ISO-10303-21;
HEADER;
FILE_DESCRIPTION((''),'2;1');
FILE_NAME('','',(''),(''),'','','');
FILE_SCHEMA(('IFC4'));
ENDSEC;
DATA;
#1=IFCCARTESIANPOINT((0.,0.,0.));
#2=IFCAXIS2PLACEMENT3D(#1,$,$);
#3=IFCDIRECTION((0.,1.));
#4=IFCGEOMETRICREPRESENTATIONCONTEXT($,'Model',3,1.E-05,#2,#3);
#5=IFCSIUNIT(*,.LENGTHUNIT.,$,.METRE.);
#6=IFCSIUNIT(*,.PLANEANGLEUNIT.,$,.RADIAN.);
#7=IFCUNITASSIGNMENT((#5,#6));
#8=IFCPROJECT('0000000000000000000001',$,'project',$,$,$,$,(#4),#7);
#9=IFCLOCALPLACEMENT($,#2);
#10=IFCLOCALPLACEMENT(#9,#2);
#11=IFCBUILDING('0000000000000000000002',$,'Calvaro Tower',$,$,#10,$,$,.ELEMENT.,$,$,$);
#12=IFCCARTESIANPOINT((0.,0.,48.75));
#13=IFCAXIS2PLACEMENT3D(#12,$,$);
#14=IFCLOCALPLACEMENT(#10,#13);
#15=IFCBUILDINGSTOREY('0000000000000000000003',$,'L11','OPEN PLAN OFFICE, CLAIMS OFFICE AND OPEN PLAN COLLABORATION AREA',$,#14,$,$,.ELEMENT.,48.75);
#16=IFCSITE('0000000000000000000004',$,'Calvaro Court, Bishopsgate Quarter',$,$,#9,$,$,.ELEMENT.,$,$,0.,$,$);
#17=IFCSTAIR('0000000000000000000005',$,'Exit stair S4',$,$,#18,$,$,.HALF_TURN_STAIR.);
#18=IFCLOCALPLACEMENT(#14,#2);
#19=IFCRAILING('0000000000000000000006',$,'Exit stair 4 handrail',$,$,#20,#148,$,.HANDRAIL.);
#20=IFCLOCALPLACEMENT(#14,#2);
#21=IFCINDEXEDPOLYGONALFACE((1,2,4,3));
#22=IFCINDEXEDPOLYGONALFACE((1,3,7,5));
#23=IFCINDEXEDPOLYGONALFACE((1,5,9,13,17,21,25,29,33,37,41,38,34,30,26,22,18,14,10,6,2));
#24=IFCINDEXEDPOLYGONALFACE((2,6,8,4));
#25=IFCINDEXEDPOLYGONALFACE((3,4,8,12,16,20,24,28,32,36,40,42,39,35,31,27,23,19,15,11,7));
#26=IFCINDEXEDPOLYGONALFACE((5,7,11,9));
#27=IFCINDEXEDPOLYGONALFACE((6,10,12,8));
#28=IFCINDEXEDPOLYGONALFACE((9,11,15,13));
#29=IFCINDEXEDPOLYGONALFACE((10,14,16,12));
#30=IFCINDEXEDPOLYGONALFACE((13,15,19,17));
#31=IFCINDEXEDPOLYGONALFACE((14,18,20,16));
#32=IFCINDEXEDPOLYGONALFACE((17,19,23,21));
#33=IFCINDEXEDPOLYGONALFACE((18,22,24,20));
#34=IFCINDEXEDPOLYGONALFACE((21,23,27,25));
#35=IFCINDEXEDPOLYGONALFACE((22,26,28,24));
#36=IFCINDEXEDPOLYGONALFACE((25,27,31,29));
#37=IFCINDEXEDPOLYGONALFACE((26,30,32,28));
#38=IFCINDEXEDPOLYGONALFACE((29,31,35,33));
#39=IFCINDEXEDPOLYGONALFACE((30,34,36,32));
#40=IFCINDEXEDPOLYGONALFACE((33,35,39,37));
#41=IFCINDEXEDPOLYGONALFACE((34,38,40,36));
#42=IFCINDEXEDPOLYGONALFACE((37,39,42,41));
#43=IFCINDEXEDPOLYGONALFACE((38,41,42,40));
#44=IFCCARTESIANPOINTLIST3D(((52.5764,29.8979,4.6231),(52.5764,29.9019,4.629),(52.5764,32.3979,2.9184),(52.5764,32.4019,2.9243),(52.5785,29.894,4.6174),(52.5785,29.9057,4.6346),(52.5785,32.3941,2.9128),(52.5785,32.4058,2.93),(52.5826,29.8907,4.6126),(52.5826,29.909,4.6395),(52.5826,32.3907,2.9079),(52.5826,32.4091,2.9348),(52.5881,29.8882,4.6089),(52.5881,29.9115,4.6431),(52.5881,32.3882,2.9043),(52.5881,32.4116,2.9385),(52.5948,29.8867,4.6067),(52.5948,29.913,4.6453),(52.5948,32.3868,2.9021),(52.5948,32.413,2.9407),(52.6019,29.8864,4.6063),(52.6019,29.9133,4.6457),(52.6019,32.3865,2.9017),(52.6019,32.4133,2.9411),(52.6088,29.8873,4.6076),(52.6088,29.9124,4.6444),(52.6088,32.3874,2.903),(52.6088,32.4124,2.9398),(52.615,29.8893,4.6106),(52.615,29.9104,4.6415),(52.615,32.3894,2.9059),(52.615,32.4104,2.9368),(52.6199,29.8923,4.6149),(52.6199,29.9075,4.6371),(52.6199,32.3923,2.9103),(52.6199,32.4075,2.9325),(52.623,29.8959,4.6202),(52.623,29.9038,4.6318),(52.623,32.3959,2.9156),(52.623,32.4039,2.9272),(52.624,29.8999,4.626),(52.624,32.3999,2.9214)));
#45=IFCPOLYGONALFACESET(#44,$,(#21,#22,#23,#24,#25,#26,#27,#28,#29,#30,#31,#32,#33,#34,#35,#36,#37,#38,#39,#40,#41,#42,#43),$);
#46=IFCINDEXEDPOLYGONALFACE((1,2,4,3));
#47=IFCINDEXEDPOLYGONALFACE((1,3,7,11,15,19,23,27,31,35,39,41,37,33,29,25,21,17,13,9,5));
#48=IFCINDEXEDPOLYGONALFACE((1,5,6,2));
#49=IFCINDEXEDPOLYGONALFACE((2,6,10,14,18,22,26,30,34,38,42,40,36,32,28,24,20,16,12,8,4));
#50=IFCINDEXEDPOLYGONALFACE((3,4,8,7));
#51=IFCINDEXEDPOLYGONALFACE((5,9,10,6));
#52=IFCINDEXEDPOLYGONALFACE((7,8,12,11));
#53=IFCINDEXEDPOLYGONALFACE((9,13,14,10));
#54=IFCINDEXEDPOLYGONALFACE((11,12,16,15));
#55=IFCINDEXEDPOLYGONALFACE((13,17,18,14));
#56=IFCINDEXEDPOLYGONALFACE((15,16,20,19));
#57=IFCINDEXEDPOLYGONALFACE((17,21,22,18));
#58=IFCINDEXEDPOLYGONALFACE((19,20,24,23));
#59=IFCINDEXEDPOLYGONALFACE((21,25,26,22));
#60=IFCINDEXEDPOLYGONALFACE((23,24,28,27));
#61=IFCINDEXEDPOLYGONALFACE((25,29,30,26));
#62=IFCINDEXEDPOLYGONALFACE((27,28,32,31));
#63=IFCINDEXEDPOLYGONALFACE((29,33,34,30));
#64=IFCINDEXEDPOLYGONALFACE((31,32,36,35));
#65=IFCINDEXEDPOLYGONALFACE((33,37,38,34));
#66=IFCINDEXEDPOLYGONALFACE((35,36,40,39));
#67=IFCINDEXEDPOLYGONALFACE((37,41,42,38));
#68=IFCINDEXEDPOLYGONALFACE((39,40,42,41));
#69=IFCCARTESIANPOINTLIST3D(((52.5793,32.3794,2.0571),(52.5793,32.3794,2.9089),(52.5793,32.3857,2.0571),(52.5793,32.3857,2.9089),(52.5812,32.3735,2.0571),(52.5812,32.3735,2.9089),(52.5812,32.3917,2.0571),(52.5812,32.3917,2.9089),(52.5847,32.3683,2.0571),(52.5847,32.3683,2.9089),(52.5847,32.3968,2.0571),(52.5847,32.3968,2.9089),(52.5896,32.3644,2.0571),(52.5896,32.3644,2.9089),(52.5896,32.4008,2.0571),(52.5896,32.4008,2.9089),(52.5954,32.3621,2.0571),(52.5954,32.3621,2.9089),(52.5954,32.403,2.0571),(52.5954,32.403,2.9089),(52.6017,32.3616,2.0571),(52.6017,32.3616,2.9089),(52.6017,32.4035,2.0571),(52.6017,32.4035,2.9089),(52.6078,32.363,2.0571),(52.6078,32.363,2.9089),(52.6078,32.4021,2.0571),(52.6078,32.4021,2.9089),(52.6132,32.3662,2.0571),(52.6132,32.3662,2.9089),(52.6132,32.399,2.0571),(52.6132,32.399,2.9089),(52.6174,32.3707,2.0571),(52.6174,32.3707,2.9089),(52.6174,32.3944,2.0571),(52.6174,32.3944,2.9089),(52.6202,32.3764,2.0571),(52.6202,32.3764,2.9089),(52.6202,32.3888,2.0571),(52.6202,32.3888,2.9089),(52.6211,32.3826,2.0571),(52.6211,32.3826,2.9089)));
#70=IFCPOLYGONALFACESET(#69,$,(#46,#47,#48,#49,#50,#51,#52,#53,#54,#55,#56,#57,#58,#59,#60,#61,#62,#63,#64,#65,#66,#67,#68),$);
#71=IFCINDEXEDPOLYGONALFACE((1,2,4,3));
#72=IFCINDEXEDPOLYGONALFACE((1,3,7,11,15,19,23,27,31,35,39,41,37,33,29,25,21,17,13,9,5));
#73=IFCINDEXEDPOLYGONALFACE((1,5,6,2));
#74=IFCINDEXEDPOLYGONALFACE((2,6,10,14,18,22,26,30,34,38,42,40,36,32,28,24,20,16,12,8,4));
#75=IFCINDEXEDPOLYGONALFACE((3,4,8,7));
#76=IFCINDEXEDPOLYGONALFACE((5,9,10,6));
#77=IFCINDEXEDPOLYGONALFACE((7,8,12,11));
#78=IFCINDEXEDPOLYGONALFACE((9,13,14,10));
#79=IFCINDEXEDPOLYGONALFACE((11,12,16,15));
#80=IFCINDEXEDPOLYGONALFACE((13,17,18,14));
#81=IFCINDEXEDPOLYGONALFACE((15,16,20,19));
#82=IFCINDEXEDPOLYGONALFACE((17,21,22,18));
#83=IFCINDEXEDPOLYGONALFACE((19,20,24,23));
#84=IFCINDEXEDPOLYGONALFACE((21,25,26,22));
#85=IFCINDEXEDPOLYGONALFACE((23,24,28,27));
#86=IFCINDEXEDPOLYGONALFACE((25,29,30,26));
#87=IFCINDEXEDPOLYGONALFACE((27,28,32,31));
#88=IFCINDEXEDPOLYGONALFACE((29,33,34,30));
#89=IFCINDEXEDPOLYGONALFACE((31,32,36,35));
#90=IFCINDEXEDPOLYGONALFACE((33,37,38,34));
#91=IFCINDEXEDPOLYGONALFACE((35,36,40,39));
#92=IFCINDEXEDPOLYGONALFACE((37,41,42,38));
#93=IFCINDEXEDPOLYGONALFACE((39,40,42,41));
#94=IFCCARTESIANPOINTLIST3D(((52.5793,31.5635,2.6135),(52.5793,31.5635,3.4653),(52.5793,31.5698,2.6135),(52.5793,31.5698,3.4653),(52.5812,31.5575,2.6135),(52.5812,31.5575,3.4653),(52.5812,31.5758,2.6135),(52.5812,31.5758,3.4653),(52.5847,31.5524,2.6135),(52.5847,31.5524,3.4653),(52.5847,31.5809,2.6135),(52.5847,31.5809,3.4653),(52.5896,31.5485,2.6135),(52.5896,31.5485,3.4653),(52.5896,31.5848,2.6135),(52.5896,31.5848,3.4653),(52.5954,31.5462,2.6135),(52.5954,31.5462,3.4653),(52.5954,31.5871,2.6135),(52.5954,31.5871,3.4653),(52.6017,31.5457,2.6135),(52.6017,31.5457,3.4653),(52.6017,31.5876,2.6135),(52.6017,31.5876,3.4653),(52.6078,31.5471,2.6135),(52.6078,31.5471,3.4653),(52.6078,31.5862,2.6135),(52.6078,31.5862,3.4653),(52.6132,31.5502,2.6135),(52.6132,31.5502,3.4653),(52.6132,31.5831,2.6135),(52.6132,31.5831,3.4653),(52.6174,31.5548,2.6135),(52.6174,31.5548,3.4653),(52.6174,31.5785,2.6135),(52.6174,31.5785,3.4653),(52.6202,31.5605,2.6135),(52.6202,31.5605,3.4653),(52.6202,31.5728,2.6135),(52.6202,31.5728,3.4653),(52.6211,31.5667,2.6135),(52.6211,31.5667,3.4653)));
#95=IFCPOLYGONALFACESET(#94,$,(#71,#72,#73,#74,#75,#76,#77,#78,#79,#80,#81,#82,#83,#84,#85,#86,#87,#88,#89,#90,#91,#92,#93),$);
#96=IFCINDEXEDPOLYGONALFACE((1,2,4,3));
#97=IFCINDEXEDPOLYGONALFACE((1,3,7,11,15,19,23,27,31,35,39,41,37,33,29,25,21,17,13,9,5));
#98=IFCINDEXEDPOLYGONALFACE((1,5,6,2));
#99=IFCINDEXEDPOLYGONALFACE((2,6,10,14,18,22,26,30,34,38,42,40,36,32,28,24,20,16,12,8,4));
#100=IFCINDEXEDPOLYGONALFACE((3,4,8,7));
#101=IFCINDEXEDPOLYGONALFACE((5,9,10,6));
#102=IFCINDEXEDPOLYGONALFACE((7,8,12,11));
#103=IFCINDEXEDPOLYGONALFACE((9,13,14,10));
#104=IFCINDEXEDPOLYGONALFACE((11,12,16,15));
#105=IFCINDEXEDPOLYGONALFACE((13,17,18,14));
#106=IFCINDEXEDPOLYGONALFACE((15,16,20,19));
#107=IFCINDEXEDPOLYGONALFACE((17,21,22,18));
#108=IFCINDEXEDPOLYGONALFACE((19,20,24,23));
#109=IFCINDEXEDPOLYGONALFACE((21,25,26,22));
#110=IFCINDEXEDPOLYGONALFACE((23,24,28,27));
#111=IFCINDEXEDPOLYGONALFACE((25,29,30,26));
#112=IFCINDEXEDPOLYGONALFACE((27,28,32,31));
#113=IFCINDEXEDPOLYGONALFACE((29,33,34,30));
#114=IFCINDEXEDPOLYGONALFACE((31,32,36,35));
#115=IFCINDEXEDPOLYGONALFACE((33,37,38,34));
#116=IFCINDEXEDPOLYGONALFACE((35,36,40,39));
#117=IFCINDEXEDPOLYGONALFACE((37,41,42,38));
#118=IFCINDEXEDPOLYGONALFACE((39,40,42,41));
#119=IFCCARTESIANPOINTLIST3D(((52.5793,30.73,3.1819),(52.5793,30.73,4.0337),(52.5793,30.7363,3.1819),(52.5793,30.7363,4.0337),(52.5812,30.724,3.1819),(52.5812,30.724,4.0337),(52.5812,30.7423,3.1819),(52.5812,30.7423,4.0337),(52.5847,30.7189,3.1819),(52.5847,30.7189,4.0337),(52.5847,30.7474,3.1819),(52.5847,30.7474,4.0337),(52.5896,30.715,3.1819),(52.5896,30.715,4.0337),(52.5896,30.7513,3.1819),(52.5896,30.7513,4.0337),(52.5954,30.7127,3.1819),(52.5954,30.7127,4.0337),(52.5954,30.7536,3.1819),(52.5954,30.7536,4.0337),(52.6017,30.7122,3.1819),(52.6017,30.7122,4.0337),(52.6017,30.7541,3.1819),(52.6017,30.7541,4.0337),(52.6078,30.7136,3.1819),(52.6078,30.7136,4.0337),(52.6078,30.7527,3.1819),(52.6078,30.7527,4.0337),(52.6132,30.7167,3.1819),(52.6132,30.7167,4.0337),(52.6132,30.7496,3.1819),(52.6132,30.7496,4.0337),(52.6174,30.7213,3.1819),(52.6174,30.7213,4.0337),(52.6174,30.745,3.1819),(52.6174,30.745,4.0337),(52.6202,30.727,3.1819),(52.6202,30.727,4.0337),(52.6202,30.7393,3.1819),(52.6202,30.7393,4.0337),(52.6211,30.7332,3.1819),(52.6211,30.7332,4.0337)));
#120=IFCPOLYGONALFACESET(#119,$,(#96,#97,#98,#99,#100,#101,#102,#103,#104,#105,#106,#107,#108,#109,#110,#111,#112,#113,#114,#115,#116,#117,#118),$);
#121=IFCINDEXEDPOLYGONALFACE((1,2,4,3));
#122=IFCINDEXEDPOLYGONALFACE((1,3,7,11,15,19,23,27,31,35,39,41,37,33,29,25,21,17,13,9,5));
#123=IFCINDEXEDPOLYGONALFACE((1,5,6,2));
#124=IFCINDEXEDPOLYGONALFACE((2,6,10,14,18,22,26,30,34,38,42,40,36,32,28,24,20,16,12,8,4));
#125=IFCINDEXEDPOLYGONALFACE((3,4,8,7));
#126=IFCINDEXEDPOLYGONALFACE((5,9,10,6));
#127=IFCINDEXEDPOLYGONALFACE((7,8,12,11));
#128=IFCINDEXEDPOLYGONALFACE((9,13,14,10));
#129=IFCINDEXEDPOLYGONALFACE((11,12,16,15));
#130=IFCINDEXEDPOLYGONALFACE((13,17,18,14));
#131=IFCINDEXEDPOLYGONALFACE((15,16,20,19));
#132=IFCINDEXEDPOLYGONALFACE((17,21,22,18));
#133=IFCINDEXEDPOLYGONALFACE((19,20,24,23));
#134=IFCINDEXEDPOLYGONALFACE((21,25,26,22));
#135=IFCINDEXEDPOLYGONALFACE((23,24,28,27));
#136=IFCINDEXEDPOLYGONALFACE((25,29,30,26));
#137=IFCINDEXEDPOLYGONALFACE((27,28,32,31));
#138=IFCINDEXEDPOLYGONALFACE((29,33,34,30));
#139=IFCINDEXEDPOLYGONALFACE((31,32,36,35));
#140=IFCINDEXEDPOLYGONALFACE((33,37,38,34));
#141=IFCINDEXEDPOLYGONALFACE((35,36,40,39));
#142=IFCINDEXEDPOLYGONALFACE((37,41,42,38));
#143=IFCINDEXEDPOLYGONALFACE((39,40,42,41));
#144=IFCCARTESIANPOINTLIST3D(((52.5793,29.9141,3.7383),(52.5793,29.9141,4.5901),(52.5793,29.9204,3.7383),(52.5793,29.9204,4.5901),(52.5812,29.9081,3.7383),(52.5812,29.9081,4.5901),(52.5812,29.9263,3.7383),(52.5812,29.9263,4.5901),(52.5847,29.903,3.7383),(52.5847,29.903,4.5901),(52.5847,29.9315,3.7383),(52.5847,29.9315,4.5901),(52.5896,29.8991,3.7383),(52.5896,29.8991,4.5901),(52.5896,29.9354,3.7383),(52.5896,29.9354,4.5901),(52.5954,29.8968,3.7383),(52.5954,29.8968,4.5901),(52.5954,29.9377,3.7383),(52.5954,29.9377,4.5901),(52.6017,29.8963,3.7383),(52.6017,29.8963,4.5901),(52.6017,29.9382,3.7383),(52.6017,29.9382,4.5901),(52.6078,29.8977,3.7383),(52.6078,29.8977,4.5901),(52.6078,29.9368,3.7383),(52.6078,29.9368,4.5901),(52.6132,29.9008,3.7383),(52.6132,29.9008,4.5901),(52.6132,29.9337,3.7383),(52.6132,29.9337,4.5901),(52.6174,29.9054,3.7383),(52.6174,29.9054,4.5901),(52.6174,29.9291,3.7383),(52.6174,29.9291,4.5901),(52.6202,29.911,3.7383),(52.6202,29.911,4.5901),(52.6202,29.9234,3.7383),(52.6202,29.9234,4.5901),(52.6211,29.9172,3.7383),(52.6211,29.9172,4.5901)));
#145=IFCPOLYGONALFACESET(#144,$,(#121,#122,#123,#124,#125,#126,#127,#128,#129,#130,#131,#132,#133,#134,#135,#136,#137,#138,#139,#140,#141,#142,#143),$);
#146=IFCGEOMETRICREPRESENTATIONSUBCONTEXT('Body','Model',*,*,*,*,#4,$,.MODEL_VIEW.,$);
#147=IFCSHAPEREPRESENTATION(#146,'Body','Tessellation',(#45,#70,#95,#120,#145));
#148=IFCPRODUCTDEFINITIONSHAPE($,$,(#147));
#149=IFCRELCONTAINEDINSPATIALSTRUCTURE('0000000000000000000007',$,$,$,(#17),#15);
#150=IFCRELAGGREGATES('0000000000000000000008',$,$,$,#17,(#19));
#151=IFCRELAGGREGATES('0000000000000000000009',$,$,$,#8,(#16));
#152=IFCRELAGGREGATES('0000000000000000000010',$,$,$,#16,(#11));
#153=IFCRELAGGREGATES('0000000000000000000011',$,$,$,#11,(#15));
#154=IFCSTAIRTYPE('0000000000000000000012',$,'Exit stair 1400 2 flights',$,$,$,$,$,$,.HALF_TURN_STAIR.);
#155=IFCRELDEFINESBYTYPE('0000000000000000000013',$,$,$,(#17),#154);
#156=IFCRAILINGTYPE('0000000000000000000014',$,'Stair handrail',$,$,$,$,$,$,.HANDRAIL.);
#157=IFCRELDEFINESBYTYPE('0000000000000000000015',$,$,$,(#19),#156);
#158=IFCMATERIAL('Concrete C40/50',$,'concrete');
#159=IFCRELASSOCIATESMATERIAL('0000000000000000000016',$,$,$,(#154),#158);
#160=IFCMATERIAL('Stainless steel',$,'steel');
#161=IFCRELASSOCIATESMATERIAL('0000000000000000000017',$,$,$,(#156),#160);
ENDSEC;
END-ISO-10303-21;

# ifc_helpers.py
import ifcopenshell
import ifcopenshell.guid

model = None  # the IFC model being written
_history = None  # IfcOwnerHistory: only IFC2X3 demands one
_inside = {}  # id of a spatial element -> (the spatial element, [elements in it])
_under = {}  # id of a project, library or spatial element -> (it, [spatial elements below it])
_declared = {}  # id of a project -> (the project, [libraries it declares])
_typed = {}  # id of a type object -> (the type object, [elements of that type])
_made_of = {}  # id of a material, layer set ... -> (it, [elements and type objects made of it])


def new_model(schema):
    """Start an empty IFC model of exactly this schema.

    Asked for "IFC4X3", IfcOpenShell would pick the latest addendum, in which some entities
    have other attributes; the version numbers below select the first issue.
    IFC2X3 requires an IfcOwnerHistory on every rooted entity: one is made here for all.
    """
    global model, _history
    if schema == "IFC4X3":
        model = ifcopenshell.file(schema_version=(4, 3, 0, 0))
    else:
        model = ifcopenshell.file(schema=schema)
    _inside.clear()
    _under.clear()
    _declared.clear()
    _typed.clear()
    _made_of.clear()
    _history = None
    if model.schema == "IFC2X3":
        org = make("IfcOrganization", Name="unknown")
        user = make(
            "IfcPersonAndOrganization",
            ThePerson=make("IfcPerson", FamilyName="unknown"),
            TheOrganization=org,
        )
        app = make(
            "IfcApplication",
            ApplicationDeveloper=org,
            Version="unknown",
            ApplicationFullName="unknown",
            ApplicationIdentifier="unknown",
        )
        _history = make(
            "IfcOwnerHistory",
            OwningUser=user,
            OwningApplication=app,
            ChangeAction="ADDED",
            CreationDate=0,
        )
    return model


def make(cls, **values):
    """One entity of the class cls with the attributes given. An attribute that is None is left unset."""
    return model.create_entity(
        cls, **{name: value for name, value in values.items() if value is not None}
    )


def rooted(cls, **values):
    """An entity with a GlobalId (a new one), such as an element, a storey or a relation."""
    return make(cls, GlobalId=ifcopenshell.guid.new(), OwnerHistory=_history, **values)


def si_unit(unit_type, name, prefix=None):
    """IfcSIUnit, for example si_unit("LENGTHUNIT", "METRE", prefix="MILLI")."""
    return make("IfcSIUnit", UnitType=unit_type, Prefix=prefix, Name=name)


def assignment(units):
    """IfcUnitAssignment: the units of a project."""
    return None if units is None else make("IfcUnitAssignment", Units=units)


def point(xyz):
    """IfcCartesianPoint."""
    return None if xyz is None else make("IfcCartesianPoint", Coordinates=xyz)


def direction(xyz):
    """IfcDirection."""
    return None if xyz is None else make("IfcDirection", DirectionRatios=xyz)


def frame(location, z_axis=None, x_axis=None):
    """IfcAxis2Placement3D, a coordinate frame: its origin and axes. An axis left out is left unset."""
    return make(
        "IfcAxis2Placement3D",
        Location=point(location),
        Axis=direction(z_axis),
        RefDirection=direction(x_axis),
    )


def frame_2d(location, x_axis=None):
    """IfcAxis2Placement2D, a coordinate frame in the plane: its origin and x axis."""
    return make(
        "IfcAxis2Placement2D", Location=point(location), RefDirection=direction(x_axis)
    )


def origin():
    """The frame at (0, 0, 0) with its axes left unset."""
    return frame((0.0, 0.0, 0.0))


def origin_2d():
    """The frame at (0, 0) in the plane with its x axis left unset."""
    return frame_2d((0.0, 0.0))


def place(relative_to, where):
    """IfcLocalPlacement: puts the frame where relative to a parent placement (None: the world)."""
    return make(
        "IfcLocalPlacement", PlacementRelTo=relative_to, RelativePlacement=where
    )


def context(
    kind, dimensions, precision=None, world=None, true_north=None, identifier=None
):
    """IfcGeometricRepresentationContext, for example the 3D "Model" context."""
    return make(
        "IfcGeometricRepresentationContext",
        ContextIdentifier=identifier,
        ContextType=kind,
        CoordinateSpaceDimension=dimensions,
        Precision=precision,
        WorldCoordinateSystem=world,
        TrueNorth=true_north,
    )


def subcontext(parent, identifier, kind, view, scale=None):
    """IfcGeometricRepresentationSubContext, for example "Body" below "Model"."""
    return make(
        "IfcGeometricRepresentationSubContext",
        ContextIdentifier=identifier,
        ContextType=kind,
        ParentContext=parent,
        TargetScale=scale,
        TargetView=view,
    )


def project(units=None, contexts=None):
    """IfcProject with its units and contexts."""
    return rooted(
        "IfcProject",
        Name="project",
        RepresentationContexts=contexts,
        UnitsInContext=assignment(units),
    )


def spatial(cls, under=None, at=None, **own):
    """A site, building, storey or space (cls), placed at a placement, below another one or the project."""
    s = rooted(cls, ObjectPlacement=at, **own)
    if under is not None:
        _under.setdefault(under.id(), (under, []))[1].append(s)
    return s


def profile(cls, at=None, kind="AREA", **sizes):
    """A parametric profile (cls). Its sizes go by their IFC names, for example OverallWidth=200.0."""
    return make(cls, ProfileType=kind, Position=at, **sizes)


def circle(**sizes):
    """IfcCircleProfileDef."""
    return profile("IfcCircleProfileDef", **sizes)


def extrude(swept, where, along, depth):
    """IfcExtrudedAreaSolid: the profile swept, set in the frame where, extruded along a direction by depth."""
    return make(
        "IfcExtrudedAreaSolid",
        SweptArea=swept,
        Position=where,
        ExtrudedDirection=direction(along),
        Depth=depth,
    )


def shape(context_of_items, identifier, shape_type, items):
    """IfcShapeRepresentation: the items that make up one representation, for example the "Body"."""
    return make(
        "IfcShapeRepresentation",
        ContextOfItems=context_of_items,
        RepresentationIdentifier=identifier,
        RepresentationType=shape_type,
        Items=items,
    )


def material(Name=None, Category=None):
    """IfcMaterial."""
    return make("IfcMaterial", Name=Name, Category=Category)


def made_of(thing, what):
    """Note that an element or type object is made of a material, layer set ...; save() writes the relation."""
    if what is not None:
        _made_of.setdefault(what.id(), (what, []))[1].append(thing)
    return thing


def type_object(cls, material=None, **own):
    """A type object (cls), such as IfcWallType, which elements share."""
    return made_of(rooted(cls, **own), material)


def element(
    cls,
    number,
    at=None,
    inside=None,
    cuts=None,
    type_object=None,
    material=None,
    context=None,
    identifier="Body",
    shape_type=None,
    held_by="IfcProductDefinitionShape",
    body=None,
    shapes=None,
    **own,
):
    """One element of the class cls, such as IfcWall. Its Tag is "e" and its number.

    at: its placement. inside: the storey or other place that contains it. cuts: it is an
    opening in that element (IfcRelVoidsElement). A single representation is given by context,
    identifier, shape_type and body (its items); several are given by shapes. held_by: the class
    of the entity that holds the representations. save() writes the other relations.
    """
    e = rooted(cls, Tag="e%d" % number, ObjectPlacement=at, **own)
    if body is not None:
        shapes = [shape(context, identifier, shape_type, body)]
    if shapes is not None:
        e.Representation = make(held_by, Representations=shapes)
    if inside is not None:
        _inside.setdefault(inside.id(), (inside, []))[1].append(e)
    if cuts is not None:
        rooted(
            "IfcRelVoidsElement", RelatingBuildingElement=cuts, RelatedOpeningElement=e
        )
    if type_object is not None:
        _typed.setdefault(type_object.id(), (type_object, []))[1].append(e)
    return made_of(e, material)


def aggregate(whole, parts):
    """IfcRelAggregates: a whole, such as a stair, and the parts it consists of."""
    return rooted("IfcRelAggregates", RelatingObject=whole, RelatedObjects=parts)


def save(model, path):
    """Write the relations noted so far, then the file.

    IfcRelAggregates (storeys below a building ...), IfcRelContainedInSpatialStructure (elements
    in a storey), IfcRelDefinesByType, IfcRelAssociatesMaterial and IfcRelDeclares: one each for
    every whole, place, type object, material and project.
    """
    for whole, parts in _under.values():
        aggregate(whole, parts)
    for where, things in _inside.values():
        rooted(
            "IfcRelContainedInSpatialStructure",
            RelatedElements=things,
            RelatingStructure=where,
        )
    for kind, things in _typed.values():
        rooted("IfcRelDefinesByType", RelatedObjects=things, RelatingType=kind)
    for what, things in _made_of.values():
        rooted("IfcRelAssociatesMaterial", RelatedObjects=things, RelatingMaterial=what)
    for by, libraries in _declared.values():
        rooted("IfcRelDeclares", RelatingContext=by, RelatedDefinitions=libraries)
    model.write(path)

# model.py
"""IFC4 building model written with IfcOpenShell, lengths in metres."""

from ifc_helpers import new_model, si_unit, direction, frame, origin, origin_2d, place, context, subcontext, project, spatial, circle, extrude, material, type_object, element, aggregate, save


model = new_model("IFC4")

# Units and contexts
model_context = context("Model", 3, precision=1e-05, world=origin(), true_north=direction((0.0, 1.0)))
body_context = subcontext(model_context, "Body", "Model", "MODEL_VIEW")
ifc_project = project(units=[si_unit("LENGTHUNIT", "METRE"), si_unit("PLANEANGLEUNIT", "RADIAN")], contexts=[model_context])

# Site, building, storey
site_placement = place(None, origin())
site = spatial("IfcSite", under=ifc_project, at=site_placement, Name="Calvaro Court, Bishopsgate Quarter", CompositionType="ELEMENT", RefElevation=0.0)
building_placement = place(site_placement, origin())
building = spatial("IfcBuilding", under=site, at=building_placement, Name="Calvaro Tower", CompositionType="ELEMENT")
storey_placement = place(building_placement, frame((0.0, 0.0, 48.75)))
storey = spatial("IfcBuildingStorey", under=building, at=storey_placement, Name="L11", Description="OPEN PLAN OFFICE, CLAIMS OFFICE AND OPEN PLAN COLLABORATION AREA", CompositionType="ELEMENT", Elevation=48.75)

# Stair
ifc_material_1 = material(Name="Concrete C40/50", Category="concrete")
stair_type = type_object("IfcStairType", Name="Exit stair 1400 2 flights", PredefinedType="HALF_TURN_STAIR", material=ifc_material_1)
stair_1_placement = place(storey_placement, origin())
stair_1 = element("IfcStair", 1, at=stair_1_placement, inside=storey, type_object=stair_type, Name="Exit stair S4", PredefinedType="HALF_TURN_STAIR")

# Railing
ifc_material_2 = material(Name="Stainless steel", Category="steel")
railing_type = type_object("IfcRailingType", Name="Stair handrail", PredefinedType="HANDRAIL", material=ifc_material_2)
railing_1_placement = place(storey_placement, frame((52.6001, 32.3999, 2.0454)))
railing_1 = element("IfcRailing", 2, at=railing_1_placement, type_object=railing_type, Name="Exit stair 4 handrail", PredefinedType="HANDRAIL", context=body_context, shape_type="SweptSolid", body=[
    extrude(circle(Radius=0.0239, at=origin_2d()), frame((0.0, 0.0, 0.876), z_axis=(0.0, -0.826221, 0.563347), x_axis=(1.0, 0.0, 0.0)), (0.0, 0.0, 1.0), 3.0259),
    extrude(circle(Radius=0.021, at=origin_2d()), frame((0.0, -0.0173, 0.0117)), (0.0, 0.0, 1.0), 0.8518),
    extrude(circle(Radius=0.021, at=origin_2d()), frame((0.0, -0.8333, 0.5681)), (0.0, 0.0, 1.0), 0.8518),
    extrude(circle(Radius=0.021, at=origin_2d()), frame((0.0, -1.6667, 1.1365)), (0.0, 0.0, 1.0), 0.8518),
    extrude(circle(Radius=0.021, at=origin_2d()), frame((0.0, -2.4827, 1.6929)), (0.0, 0.0, 1.0), 0.8518),
])
aggregate(stair_1, [railing_1])

save(model, "model.ifc")
